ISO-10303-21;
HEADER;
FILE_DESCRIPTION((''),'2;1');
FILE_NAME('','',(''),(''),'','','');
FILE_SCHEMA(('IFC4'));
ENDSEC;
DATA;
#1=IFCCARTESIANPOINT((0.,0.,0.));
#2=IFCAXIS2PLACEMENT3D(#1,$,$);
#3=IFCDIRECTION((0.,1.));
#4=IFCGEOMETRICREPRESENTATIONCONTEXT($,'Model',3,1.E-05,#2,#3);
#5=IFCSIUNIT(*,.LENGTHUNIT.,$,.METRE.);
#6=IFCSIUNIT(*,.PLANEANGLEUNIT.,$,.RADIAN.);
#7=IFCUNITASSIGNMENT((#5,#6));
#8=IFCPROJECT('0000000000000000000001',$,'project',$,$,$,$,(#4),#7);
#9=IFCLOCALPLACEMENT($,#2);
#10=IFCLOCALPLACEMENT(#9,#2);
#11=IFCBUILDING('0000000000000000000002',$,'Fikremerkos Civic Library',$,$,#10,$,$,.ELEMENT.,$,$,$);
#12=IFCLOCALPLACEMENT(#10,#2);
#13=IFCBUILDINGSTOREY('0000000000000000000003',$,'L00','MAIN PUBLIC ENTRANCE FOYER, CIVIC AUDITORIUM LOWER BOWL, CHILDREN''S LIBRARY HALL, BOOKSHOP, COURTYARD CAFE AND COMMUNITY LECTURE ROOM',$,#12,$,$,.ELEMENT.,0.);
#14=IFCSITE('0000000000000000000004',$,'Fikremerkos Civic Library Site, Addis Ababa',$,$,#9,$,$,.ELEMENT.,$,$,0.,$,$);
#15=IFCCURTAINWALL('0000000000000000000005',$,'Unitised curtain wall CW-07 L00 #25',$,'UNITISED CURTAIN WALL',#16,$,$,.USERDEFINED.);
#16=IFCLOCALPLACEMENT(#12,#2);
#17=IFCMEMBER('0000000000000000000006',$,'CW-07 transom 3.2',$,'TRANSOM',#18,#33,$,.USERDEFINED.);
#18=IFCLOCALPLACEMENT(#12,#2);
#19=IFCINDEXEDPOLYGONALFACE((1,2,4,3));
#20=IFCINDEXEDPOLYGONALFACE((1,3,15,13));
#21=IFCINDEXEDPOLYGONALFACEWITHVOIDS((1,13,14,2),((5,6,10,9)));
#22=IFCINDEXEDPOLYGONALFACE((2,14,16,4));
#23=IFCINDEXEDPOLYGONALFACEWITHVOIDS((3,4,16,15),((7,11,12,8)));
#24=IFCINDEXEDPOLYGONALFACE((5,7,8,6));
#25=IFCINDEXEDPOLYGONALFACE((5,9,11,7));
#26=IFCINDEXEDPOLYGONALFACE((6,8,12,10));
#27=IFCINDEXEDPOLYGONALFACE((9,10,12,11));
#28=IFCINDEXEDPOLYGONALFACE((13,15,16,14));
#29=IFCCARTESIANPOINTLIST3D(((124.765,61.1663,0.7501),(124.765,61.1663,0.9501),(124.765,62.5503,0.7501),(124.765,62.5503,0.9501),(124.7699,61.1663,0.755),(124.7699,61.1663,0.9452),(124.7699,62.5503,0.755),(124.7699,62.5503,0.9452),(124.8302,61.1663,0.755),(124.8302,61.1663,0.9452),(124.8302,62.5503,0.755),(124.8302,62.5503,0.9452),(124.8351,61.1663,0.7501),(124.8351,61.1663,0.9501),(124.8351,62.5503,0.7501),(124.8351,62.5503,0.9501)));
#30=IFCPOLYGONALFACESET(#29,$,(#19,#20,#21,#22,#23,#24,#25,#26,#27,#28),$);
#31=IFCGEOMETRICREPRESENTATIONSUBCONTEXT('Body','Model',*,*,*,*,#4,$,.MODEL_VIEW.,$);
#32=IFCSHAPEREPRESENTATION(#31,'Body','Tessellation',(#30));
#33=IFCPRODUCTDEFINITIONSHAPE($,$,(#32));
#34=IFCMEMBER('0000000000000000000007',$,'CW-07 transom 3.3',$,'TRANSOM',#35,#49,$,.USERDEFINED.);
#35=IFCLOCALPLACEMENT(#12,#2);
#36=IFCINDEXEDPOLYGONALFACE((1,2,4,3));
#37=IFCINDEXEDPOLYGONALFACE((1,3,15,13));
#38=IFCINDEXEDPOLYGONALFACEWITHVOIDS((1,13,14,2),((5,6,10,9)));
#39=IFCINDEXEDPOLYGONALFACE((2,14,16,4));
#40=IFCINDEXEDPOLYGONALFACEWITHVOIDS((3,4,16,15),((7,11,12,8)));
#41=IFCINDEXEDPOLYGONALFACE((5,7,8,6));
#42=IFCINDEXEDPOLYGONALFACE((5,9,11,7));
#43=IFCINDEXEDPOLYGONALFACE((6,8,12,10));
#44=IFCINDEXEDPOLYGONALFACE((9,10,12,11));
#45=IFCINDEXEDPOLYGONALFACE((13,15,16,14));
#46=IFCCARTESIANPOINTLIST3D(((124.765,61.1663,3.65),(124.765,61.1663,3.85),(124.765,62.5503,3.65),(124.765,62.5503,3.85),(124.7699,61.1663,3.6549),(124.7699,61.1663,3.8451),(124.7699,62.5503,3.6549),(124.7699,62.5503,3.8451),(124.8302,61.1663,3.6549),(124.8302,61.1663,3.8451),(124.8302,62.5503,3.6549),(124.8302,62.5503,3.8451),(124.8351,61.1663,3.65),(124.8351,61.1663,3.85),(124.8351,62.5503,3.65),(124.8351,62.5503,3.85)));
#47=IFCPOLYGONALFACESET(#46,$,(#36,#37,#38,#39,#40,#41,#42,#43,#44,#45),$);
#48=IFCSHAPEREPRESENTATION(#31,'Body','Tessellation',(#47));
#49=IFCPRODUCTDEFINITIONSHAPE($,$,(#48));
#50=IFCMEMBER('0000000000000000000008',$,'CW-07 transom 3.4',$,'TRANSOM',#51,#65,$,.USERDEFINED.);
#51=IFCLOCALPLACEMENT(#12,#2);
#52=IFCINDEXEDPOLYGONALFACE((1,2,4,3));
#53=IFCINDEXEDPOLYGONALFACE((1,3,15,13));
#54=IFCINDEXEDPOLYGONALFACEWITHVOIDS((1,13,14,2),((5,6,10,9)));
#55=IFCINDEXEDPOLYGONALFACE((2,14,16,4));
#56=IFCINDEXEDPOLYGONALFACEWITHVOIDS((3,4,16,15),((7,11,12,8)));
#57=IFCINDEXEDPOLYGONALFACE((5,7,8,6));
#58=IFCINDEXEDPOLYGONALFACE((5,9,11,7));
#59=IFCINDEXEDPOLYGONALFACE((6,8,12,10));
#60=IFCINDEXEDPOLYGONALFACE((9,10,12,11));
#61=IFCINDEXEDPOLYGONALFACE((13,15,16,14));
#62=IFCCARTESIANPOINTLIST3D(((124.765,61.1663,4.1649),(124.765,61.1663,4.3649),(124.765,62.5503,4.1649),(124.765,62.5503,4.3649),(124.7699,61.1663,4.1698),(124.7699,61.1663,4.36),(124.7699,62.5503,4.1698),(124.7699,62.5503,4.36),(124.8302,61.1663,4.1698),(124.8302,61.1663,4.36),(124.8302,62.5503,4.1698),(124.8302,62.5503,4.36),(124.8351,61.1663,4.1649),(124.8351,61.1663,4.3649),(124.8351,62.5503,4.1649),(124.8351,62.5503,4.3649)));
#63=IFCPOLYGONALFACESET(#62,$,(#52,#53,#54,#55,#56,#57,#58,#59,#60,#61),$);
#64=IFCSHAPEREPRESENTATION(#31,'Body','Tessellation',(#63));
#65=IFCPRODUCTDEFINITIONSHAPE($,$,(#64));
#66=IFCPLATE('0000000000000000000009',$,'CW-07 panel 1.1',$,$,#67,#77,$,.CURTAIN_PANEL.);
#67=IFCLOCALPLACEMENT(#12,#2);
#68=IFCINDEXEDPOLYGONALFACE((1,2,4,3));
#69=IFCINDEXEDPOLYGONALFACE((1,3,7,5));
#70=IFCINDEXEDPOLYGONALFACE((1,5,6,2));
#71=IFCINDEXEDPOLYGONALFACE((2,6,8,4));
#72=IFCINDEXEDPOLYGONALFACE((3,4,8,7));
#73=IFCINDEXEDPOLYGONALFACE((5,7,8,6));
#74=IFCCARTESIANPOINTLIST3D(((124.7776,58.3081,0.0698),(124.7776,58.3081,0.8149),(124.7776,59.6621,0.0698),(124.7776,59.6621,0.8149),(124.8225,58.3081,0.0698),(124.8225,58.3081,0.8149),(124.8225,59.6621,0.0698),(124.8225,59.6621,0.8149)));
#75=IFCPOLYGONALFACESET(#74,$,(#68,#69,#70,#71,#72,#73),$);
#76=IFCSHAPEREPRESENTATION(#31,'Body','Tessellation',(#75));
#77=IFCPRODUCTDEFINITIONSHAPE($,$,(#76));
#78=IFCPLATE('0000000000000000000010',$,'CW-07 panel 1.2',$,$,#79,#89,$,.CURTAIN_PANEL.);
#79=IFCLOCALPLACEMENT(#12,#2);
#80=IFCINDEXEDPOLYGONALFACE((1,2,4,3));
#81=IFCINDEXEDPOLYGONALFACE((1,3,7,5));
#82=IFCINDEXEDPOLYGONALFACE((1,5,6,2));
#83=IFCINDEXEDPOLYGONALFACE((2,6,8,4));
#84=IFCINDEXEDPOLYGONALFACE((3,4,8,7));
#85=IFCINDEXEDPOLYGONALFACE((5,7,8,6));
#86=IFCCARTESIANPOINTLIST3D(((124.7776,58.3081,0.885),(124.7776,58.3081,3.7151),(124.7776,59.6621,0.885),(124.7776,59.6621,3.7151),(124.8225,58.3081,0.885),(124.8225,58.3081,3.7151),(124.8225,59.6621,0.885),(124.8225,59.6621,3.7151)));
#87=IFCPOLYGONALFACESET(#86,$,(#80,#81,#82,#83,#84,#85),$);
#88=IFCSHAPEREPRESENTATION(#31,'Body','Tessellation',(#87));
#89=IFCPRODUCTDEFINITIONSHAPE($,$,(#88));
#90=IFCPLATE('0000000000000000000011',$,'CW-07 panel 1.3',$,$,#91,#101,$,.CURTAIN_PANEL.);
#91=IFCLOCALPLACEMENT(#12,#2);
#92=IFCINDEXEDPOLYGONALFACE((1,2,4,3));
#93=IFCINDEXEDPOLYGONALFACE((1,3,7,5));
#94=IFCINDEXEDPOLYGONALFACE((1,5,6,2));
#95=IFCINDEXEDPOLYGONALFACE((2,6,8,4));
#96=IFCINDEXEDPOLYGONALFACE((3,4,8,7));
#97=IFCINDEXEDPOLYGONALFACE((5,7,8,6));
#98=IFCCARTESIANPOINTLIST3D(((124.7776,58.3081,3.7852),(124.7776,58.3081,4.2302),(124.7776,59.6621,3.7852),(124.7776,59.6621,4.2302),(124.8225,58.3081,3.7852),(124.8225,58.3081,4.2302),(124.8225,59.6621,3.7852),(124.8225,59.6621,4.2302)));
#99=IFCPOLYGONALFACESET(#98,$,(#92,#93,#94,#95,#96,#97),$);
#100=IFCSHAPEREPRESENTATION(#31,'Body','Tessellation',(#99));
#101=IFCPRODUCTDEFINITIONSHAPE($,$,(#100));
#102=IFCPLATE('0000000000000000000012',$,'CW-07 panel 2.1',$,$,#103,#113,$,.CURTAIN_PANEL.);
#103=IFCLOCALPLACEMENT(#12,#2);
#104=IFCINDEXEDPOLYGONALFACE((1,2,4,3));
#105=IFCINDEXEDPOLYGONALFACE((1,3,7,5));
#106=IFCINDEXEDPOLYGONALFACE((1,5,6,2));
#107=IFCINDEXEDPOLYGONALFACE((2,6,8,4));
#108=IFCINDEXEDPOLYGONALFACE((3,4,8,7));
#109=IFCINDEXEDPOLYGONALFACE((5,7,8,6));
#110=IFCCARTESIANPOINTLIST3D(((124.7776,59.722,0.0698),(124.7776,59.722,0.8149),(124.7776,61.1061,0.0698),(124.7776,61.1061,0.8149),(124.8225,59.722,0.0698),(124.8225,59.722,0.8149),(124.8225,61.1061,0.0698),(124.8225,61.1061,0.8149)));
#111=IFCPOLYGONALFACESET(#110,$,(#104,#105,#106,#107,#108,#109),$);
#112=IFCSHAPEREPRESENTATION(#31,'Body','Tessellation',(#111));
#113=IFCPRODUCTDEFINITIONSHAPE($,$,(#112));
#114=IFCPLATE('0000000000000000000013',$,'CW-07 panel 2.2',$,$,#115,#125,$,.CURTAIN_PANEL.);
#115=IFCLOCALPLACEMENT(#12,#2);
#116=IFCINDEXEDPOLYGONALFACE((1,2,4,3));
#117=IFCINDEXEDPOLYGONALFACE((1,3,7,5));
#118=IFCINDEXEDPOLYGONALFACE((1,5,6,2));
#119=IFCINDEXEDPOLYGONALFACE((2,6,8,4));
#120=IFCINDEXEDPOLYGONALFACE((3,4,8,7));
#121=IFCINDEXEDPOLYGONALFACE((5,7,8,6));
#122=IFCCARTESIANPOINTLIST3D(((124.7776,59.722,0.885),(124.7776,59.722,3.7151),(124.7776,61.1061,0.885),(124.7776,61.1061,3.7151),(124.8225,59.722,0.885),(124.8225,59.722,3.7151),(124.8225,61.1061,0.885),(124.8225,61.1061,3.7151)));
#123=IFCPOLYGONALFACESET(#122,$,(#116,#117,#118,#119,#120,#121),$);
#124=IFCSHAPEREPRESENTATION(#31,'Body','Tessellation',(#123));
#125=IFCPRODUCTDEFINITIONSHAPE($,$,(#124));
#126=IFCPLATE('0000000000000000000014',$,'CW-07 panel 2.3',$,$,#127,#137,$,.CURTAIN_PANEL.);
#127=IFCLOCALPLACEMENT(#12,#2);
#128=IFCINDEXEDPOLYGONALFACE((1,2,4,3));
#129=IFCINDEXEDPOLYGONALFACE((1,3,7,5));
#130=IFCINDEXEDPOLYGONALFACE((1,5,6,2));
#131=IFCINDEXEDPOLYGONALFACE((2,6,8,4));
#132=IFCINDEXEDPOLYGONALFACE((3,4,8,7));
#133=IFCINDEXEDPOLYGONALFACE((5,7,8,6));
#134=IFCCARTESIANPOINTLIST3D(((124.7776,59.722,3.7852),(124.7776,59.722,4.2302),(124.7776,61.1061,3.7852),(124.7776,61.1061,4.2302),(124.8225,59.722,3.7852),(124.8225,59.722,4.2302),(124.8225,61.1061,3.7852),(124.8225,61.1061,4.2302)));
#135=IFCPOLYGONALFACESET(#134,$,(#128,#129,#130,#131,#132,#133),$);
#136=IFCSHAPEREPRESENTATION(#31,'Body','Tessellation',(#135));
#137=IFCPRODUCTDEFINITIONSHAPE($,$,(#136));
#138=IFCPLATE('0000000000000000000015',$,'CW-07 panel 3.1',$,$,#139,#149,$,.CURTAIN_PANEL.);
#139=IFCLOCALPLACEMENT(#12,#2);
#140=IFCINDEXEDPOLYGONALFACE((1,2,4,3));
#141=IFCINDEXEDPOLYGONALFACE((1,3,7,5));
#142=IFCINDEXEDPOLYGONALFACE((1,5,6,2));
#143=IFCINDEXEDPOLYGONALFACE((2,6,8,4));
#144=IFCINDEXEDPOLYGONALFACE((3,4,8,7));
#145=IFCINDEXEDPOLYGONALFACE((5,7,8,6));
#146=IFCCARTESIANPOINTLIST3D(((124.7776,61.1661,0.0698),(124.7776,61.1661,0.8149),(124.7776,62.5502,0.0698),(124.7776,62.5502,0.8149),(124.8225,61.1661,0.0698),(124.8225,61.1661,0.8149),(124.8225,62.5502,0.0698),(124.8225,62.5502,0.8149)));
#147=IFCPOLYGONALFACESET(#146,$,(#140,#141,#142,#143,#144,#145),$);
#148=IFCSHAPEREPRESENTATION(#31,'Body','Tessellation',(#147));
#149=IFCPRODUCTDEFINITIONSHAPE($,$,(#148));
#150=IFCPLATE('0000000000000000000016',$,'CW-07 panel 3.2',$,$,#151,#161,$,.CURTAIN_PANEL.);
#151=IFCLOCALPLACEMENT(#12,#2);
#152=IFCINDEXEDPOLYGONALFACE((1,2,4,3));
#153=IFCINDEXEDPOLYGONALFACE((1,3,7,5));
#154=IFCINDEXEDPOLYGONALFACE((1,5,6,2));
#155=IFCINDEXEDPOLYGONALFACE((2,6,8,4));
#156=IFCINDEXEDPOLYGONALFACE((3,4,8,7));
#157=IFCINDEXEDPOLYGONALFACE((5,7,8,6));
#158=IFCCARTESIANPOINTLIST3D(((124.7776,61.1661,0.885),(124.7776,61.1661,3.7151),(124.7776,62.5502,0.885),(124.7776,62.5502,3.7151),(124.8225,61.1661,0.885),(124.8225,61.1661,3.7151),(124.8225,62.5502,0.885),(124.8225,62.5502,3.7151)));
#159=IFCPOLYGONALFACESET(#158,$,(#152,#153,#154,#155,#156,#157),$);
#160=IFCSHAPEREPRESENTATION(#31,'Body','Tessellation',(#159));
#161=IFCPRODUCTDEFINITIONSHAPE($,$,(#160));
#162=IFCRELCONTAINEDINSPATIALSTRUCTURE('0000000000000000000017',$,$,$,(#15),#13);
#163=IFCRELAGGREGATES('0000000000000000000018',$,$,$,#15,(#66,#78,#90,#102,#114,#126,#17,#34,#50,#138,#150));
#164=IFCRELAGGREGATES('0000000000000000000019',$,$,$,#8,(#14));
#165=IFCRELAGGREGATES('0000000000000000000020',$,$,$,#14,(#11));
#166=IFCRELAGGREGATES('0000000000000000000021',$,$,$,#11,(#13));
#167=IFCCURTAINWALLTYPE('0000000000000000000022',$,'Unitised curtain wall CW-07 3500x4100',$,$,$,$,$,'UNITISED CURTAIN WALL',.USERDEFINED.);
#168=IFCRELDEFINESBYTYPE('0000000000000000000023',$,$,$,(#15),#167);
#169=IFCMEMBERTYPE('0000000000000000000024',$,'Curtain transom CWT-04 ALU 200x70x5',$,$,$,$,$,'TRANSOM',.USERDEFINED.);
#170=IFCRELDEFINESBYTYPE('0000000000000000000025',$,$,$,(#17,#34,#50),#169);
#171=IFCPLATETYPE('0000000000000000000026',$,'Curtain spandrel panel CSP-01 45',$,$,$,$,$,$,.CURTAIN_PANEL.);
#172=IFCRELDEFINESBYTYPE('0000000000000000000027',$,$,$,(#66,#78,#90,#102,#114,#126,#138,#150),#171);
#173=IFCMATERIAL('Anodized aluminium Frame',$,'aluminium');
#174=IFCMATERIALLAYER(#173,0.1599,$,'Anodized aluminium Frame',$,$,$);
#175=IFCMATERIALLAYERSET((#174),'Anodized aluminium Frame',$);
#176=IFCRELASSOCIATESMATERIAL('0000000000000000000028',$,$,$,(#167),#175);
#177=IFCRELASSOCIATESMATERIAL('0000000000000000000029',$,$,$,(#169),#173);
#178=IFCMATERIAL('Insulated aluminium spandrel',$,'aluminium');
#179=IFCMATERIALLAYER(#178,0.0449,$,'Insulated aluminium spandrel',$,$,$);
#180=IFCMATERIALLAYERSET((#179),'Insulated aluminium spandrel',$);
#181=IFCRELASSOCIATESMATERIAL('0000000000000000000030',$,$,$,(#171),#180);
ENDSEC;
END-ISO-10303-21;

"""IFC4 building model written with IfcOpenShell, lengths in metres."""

from ifc_helpers import new_model, si_unit, direction, frame, origin, origin_2d, place, context, subcontext, project, spatial, rectangle, hollow_rectangle, extrude, material, layer, layer_set, material_profile, profile_set, type_object, element, aggregate, save


model = new_model("IFC4")

# Units and contexts
model_context = context("Model", 3, precision=1e-05, world=origin(), true_north=direction((0.0, 1.0)))
body_context = subcontext(model_context, "Body", "Model", "MODEL_VIEW")
ifc_project = project(units=[si_unit("LENGTHUNIT", "METRE"), si_unit("PLANEANGLEUNIT", "RADIAN")], contexts=[model_context])

# Site, building, storey
site_placement = place(None, origin())
site = spatial("IfcSite", under=ifc_project, at=site_placement, Name="Fikremerkos Civic Library Site, Addis Ababa", CompositionType="ELEMENT", RefElevation=0.0)
building_placement = place(site_placement, origin())
building = spatial("IfcBuilding", under=site, at=building_placement, Name="Fikremerkos Civic Library", CompositionType="ELEMENT")
storey_placement = place(building_placement, origin())
storey = spatial("IfcBuildingStorey", under=building, at=storey_placement, Name="L00", Description="MAIN PUBLIC ENTRANCE FOYER, CIVIC AUDITORIUM LOWER BOWL, CHILDREN'S LIBRARY HALL, BOOKSHOP, COURTYARD CAFE AND COMMUNITY LECTURE ROOM", CompositionType="ELEMENT", Elevation=0.0)

# Curtain wall, members, plates
ifc_material_1 = material(Name="Anodized aluminium Frame", Category="aluminium")
ifc_layer_1 = layer(ifc_material_1, 0.1599, Name="Anodized aluminium Frame")
ifc_layer_set_1 = layer_set([ifc_layer_1], Name="Anodized aluminium Frame")
curtain_wall_type = type_object("IfcCurtainWallType", Name="Unitised curtain wall CW-07 3500x4100", ElementType="UNITISED CURTAIN WALL", PredefinedType="USERDEFINED", material=ifc_layer_set_1)
curtain_wall_placement = place(storey_placement, origin())
curtain_wall = element("IfcCurtainWall", 1, at=curtain_wall_placement, inside=storey, type_object=curtain_wall_type, Name="Unitised curtain wall CW-07 L00 #25", ObjectType="UNITISED CURTAIN WALL", PredefinedType="USERDEFINED")
ifc_material_profile_1 = material_profile(ifc_material_1, hollow_rectangle(XDim=0.0701, YDim=0.2, WallThickness=0.0049, at=origin_2d()), Name="ALU 200x70x5")
ifc_profile_set_1 = profile_set([ifc_material_profile_1], Name="Anodized aluminium Frame")
member_type_1 = type_object("IfcMemberType", Name="Curtain transom CWT-04 ALU 200x70x5", ElementType="TRANSOM", PredefinedType="USERDEFINED", material=ifc_profile_set_1)
member_1_placement = place(storey_placement, frame((124.8, 61.1663, 0.8501), z_axis=(0.0, 1.0, 0.0), x_axis=(-1.0, 0.0, 0.0)))
member_1 = element("IfcMember", 2, at=member_1_placement, type_object=member_type_1, Name="CW-07 transom 3.2", ObjectType="TRANSOM", PredefinedType="USERDEFINED", context=body_context, shape_type="SweptSolid", body=[
    extrude(hollow_rectangle(XDim=0.0701, YDim=0.2, WallThickness=0.0049, at=origin_2d()), origin(), (0.0, 0.0, 1.0), 1.384),
])
member_2_placement = place(storey_placement, frame((124.8, 61.1663, 3.75), z_axis=(0.0, 1.0, 0.0), x_axis=(-1.0, 0.0, 0.0)))
member_2 = element("IfcMember", 3, at=member_2_placement, type_object=member_type_1, Name="CW-07 transom 3.3", ObjectType="TRANSOM", PredefinedType="USERDEFINED", context=body_context, shape_type="SweptSolid", body=[
    extrude(hollow_rectangle(XDim=0.0701, YDim=0.2, WallThickness=0.0049, at=origin_2d()), origin(), (0.0, 0.0, 1.0), 1.384),
])
member_3_placement = place(storey_placement, frame((124.8, 61.1663, 4.2649), z_axis=(0.0, 1.0, 0.0), x_axis=(-1.0, 0.0, 0.0)))
member_3 = element("IfcMember", 4, at=member_3_placement, type_object=member_type_1, Name="CW-07 transom 3.4", ObjectType="TRANSOM", PredefinedType="USERDEFINED", context=body_context, shape_type="SweptSolid", body=[
    extrude(hollow_rectangle(XDim=0.0701, YDim=0.2, WallThickness=0.0049, at=origin_2d()), origin(), (0.0, 0.0, 1.0), 1.384),
])
ifc_material_2 = material(Name="Insulated aluminium spandrel", Category="aluminium")
ifc_layer_2 = layer(ifc_material_2, 0.0449, Name="Insulated aluminium spandrel")
ifc_layer_set_2 = layer_set([ifc_layer_2], Name="Insulated aluminium spandrel")
plate_type = type_object("IfcPlateType", Name="Curtain spandrel panel CSP-01 45", PredefinedType="CURTAIN_PANEL", material=ifc_layer_set_2)
plate_1_placement = place(storey_placement, frame((124.8, 58.9851, 0.0698), z_axis=(0.0, 0.0, 1.0), x_axis=(0.0, 1.0, 0.0)))
plate_1 = element("IfcPlate", 5, at=plate_1_placement, type_object=plate_type, Name="CW-07 panel 1.1", PredefinedType="CURTAIN_PANEL", context=body_context, shape_type="SweptSolid", body=[
    extrude(rectangle(XDim=1.354, YDim=0.0449, at=origin_2d()), origin(), (0.0, 0.0, 1.0), 0.7451),
])
plate_2_placement = place(storey_placement, frame((124.8, 58.9851, 0.885), z_axis=(0.0, 0.0, 1.0), x_axis=(0.0, 1.0, 0.0)))
plate_2 = element("IfcPlate", 6, at=plate_2_placement, type_object=plate_type, Name="CW-07 panel 1.2", PredefinedType="CURTAIN_PANEL", context=body_context, shape_type="SweptSolid", body=[
    extrude(rectangle(XDim=1.354, YDim=0.0449, at=origin_2d()), origin(), (0.0, 0.0, 1.0), 2.8301),
])
plate_3_placement = place(storey_placement, frame((124.8, 58.9851, 3.7852), z_axis=(0.0, 0.0, 1.0), x_axis=(0.0, 1.0, 0.0)))
plate_3 = element("IfcPlate", 7, at=plate_3_placement, type_object=plate_type, Name="CW-07 panel 1.3", PredefinedType="CURTAIN_PANEL", context=body_context, shape_type="SweptSolid", body=[
    extrude(rectangle(XDim=1.354, YDim=0.0449, at=origin_2d()), origin(), (0.0, 0.0, 1.0), 0.4451),
])
plate_4_placement = place(storey_placement, frame((124.8, 60.4141, 0.0698), z_axis=(0.0, 0.0, 1.0), x_axis=(0.0, 1.0, 0.0)))
plate_4 = element("IfcPlate", 8, at=plate_4_placement, type_object=plate_type, Name="CW-07 panel 2.1", PredefinedType="CURTAIN_PANEL", context=body_context, shape_type="SweptSolid", body=[
    extrude(rectangle(XDim=1.384, YDim=0.0449, at=origin_2d()), origin(), (0.0, 0.0, 1.0), 0.7451),
])
plate_5_placement = place(storey_placement, frame((124.8, 60.4141, 0.885), z_axis=(0.0, 0.0, 1.0), x_axis=(0.0, 1.0, 0.0)))
plate_5 = element("IfcPlate", 9, at=plate_5_placement, type_object=plate_type, Name="CW-07 panel 2.2", PredefinedType="CURTAIN_PANEL", context=body_context, shape_type="SweptSolid", body=[
    extrude(rectangle(XDim=1.384, YDim=0.0449, at=origin_2d()), origin(), (0.0, 0.0, 1.0), 2.8301),
])
plate_6_placement = place(storey_placement, frame((124.8, 60.4141, 3.7852), z_axis=(0.0, 0.0, 1.0), x_axis=(0.0, 1.0, 0.0)))
plate_6 = element("IfcPlate", 10, at=plate_6_placement, type_object=plate_type, Name="CW-07 panel 2.3", PredefinedType="CURTAIN_PANEL", context=body_context, shape_type="SweptSolid", body=[
    extrude(rectangle(XDim=1.384, YDim=0.0449, at=origin_2d()), origin(), (0.0, 0.0, 1.0), 0.4451),
])
plate_7_placement = place(storey_placement, frame((124.8, 61.8582, 0.0698), z_axis=(0.0, 0.0, 1.0), x_axis=(0.0, 1.0, 0.0)))
plate_7 = element("IfcPlate", 11, at=plate_7_placement, type_object=plate_type, Name="CW-07 panel 3.1", PredefinedType="CURTAIN_PANEL", context=body_context, shape_type="SweptSolid", body=[
    extrude(rectangle(XDim=1.384, YDim=0.0449, at=origin_2d()), origin(), (0.0, 0.0, 1.0), 0.7451),
])
plate_8_placement = place(storey_placement, frame((124.8, 61.8582, 0.885), z_axis=(0.0, 0.0, 1.0), x_axis=(0.0, 1.0, 0.0)))
plate_8 = element("IfcPlate", 12, at=plate_8_placement, type_object=plate_type, Name="CW-07 panel 3.2", PredefinedType="CURTAIN_PANEL", context=body_context, shape_type="SweptSolid", body=[
    extrude(rectangle(XDim=1.384, YDim=0.0449, at=origin_2d()), origin(), (0.0, 0.0, 1.0), 2.8301),
])
aggregate(curtain_wall, [plate_1, plate_2, plate_3, plate_4, plate_5, plate_6, member_1, member_2, member_3, plate_7, plate_8])

save(model, "model.ifc")
